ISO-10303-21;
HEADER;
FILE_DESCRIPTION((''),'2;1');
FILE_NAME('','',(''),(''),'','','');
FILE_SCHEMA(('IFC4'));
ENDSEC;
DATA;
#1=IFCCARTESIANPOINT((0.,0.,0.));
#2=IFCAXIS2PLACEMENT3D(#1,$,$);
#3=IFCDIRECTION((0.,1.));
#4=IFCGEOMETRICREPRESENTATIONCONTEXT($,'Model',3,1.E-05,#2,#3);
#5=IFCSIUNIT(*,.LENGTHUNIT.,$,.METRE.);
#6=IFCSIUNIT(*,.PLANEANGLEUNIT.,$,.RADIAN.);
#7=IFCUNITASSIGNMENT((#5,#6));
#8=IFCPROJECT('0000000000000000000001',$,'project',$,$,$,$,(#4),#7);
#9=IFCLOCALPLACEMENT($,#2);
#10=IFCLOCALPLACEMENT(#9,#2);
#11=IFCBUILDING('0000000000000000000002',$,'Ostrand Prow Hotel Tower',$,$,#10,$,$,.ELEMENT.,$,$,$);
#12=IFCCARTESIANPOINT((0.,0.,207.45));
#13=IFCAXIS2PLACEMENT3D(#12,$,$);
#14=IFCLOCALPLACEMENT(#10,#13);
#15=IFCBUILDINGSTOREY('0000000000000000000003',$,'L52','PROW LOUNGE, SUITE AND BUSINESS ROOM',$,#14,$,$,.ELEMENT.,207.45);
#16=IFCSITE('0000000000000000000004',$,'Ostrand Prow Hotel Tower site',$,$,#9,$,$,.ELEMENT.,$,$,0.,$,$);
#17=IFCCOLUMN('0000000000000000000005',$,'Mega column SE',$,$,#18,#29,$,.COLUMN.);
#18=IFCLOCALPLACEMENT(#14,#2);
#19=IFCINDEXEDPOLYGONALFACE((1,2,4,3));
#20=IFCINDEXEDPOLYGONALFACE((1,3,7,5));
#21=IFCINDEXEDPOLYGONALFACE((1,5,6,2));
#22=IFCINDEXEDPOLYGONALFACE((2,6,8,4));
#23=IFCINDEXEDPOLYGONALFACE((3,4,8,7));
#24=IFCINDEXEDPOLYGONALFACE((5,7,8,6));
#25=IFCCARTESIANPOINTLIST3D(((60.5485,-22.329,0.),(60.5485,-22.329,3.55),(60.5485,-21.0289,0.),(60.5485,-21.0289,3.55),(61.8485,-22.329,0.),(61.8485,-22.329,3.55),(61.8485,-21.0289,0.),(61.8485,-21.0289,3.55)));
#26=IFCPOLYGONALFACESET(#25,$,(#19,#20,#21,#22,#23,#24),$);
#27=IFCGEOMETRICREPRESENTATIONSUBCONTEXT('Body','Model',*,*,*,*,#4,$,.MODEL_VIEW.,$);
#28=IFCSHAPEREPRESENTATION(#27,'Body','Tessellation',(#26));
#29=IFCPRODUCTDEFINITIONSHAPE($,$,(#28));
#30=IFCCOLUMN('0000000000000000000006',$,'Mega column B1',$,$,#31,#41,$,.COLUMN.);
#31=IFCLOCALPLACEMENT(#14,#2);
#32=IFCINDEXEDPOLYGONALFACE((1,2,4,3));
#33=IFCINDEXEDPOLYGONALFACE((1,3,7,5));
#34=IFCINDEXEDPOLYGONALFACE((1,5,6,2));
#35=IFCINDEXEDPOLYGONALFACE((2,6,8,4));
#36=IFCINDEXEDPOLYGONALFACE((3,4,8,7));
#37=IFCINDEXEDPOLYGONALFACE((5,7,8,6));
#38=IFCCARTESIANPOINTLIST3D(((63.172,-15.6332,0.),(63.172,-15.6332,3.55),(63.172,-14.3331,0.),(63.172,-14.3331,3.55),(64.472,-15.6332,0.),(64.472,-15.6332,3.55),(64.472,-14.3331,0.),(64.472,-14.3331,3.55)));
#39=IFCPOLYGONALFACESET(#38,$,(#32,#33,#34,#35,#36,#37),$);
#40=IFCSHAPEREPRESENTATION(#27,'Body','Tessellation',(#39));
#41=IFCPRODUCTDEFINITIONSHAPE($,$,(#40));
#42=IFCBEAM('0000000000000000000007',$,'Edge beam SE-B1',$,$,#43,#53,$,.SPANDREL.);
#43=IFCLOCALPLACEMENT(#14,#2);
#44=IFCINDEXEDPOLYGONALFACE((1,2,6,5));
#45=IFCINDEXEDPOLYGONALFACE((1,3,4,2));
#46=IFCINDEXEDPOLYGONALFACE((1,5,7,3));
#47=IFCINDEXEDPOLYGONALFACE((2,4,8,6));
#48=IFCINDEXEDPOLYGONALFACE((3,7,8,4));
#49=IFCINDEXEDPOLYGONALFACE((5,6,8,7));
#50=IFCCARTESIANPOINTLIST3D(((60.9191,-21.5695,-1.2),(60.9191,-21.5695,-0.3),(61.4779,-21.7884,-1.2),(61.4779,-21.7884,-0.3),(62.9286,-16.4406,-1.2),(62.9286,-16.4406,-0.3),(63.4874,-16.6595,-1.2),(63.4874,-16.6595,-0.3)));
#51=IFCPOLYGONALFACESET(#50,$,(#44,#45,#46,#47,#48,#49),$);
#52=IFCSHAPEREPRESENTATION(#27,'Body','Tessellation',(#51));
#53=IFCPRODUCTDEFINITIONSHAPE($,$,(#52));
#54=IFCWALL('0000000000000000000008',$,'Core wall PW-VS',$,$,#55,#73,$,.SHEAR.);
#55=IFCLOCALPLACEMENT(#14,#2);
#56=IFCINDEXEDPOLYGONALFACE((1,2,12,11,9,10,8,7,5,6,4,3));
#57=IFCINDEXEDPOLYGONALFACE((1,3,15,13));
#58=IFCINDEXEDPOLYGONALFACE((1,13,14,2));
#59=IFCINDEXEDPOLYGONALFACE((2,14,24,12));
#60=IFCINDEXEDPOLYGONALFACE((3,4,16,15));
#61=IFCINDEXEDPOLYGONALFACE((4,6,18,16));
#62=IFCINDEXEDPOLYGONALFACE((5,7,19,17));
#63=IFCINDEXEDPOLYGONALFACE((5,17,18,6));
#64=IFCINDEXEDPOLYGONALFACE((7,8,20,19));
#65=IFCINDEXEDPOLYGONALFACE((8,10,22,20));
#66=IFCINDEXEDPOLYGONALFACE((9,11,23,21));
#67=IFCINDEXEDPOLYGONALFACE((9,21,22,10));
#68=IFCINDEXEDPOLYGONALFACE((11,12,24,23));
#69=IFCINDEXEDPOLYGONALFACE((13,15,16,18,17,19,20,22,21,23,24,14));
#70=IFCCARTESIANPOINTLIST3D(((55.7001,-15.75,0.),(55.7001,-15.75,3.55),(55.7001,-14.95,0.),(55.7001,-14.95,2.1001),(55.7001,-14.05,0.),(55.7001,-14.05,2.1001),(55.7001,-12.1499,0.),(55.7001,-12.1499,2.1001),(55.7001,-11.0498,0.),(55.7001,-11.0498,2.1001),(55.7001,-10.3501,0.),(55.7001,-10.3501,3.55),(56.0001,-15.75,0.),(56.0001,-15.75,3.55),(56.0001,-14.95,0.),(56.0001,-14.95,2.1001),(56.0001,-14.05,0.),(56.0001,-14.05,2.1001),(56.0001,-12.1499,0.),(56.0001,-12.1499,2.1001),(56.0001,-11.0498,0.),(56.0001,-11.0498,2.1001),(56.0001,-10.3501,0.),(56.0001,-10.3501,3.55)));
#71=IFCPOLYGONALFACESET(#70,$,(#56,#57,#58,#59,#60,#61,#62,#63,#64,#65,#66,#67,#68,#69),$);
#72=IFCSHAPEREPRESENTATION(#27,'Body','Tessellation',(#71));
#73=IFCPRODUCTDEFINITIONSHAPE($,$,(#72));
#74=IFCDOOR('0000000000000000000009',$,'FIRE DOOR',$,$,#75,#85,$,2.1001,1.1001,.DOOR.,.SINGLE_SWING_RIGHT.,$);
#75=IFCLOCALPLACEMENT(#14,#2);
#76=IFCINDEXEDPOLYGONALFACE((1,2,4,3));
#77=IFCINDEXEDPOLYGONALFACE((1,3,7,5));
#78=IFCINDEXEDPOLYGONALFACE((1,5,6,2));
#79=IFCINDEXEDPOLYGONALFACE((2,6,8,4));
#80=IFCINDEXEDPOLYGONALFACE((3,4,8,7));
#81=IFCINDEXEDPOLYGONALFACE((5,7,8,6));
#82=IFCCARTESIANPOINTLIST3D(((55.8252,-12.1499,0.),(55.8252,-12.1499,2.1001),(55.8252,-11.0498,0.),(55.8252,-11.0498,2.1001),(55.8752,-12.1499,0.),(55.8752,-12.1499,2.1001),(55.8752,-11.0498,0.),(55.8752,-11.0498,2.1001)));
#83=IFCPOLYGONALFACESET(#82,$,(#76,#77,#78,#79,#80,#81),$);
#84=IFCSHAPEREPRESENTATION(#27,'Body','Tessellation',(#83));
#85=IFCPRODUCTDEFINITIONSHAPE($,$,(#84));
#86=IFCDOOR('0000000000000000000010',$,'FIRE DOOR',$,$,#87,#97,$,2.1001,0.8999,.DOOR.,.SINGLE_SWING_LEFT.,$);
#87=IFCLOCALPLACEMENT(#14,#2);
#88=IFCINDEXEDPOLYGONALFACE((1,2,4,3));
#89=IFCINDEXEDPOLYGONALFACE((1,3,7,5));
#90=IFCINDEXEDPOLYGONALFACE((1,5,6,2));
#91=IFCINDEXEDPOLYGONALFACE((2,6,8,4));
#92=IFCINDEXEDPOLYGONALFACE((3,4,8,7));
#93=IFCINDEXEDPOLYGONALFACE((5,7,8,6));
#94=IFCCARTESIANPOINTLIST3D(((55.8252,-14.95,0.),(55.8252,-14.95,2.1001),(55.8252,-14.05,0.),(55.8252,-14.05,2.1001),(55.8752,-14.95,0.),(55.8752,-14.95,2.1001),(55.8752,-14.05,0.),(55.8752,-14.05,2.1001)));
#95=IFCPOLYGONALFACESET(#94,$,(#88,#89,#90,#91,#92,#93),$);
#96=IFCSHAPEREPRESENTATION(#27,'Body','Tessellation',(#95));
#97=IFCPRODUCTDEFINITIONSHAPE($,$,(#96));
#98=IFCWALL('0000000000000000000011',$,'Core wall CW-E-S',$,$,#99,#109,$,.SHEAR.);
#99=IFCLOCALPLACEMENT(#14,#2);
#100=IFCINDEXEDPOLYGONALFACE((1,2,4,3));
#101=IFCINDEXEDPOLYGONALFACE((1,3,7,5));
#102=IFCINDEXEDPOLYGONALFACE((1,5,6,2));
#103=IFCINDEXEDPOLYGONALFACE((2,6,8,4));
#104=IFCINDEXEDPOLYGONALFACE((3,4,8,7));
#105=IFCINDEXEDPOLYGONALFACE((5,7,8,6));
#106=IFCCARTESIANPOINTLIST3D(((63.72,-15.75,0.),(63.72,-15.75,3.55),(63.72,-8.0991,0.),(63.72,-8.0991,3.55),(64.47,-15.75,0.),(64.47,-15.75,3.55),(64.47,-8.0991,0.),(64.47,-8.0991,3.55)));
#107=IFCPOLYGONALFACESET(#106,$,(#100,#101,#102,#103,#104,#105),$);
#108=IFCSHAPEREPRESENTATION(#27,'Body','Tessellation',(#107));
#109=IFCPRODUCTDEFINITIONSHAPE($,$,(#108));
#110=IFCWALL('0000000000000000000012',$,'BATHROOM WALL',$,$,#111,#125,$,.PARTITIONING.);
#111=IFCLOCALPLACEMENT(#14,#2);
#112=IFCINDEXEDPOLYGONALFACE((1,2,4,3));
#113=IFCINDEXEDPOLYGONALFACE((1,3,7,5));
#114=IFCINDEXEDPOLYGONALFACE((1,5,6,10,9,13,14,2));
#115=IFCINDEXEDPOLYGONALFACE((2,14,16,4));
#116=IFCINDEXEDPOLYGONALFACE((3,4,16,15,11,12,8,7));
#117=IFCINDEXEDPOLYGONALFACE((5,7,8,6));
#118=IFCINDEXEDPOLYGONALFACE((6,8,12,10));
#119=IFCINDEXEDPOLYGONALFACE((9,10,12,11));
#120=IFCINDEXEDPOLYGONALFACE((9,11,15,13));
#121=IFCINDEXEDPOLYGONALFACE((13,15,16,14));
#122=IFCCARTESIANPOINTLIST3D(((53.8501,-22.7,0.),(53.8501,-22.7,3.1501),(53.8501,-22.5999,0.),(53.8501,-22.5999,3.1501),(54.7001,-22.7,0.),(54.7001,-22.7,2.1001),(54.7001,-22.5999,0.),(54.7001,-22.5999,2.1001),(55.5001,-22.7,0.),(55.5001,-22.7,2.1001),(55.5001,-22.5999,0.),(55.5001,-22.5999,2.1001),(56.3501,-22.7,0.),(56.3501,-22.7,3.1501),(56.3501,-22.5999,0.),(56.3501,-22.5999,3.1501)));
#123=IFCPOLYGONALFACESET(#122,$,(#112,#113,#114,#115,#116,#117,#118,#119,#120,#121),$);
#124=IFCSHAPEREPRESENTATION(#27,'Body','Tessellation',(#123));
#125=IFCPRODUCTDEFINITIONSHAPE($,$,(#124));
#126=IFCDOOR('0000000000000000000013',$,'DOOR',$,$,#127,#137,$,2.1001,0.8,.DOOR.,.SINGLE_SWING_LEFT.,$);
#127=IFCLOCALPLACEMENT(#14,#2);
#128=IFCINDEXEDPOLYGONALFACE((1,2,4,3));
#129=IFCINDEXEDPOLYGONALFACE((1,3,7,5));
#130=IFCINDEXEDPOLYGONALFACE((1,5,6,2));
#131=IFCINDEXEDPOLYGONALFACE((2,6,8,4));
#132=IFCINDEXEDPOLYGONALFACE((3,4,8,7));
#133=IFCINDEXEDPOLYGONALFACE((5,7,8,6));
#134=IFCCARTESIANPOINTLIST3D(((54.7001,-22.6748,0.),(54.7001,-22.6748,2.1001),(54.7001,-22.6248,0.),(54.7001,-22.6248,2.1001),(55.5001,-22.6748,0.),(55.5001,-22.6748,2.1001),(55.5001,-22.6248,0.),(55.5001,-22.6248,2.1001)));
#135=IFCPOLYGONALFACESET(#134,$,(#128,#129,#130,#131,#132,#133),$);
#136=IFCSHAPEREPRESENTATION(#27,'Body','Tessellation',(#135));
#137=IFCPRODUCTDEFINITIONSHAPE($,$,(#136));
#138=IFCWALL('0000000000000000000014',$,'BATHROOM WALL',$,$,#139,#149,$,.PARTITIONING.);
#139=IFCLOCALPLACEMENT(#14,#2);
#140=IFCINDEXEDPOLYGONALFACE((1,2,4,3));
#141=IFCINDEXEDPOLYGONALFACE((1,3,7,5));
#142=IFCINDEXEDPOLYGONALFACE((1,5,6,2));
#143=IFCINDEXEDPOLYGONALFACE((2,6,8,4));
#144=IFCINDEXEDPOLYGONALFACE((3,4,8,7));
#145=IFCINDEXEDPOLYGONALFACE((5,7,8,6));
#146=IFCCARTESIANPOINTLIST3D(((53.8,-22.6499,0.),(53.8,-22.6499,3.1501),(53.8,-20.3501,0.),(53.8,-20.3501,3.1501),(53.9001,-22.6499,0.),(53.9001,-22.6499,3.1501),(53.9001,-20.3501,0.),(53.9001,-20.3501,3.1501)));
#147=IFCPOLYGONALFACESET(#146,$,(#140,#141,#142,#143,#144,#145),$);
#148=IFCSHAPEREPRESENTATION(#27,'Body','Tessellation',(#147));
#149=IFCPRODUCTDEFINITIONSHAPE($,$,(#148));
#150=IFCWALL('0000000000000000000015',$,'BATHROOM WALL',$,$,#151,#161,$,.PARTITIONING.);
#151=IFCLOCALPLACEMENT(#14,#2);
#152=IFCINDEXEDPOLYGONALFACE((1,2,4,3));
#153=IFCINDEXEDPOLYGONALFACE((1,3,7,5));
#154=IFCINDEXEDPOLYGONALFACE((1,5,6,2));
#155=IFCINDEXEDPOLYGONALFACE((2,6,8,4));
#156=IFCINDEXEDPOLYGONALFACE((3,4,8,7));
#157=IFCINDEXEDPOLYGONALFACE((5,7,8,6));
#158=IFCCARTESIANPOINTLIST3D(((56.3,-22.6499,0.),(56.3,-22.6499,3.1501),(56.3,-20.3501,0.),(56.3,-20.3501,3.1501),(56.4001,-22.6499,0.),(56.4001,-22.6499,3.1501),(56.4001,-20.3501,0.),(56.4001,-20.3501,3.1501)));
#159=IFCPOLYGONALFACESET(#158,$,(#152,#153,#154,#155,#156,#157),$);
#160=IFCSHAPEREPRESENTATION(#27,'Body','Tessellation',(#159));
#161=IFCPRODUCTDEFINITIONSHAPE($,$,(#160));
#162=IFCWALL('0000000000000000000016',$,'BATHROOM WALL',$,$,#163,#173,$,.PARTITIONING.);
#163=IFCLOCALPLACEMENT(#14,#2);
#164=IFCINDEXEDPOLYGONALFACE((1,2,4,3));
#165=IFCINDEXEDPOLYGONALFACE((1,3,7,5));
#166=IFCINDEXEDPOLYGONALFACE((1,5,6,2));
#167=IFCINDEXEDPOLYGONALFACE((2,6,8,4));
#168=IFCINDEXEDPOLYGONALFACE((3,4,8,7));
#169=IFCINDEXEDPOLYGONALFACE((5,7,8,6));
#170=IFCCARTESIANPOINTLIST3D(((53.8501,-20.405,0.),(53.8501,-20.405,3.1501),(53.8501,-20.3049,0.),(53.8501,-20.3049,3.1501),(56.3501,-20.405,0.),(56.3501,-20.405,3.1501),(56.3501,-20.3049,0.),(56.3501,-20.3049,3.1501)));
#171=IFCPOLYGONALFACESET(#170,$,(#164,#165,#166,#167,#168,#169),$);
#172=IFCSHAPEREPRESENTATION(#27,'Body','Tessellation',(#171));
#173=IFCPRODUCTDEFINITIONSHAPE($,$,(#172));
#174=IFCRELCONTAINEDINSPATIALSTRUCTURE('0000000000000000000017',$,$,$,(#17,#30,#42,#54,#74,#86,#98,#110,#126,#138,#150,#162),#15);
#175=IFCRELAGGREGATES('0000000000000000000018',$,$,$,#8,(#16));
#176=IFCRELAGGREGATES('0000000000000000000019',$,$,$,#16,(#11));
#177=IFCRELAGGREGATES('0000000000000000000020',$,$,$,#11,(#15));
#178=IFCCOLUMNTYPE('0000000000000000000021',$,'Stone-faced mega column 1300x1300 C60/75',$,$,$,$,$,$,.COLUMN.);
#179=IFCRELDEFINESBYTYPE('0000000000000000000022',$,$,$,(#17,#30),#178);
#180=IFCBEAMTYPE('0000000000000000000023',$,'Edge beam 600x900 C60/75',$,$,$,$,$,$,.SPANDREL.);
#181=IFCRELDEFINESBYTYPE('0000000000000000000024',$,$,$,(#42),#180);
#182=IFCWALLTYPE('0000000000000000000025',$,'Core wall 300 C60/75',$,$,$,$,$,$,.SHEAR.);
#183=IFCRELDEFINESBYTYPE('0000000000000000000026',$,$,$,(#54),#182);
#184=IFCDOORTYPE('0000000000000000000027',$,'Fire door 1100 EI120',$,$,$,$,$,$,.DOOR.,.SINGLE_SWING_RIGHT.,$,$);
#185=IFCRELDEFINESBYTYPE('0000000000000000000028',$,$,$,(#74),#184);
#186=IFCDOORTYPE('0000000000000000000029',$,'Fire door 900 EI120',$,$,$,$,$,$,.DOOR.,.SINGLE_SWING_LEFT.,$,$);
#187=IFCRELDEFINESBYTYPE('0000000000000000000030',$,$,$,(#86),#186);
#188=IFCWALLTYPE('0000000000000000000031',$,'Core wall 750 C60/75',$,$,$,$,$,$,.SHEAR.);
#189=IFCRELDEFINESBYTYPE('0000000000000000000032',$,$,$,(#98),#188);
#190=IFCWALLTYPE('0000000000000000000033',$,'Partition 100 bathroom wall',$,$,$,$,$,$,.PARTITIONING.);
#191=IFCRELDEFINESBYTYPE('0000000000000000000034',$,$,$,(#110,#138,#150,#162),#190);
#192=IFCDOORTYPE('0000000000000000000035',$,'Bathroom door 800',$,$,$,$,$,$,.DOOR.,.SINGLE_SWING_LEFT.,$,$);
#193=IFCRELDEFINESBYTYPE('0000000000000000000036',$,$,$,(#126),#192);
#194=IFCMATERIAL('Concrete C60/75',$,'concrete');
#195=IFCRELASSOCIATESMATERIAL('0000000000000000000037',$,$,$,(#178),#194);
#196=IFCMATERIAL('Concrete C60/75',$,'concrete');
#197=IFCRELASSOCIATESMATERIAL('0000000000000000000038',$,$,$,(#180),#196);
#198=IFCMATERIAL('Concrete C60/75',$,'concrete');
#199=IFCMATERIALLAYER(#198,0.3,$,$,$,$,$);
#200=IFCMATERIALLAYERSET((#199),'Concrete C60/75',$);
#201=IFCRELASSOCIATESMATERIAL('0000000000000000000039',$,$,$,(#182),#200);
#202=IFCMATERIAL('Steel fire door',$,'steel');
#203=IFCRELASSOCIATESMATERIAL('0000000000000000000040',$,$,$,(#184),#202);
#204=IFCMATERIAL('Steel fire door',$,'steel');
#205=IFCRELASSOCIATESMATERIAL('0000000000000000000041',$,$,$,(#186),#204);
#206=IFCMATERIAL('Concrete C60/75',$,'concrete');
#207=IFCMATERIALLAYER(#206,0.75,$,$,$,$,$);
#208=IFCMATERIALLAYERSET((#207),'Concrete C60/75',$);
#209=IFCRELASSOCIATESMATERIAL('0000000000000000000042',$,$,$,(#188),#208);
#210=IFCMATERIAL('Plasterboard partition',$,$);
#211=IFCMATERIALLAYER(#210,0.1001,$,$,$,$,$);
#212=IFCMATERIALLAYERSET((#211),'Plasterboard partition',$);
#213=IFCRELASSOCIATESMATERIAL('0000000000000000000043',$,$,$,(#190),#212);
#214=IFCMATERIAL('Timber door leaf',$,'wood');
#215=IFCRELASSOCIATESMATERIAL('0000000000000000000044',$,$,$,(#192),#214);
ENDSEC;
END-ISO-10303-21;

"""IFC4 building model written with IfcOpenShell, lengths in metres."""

from ifc_helpers import new_model, si_unit, direction, frame, frame_2d, origin, origin_2d, place, context, subcontext, project, spatial, rectangle, extrude, material, layer, layer_set, material_profile, profile_set, type_object, element, fill, save


model = new_model("IFC4")

# Units and contexts
model_context = context("Model", 3, precision=1e-05, world=origin(), true_north=direction((0.0, 1.0)))
body_context = subcontext(model_context, "Body", "Model", "MODEL_VIEW")
ifc_project = project(units=[si_unit("LENGTHUNIT", "METRE"), si_unit("PLANEANGLEUNIT", "RADIAN")], contexts=[model_context])

# Site, building, storey
site_placement = place(None, origin())
site = spatial("IfcSite", under=ifc_project, at=site_placement, Name="Ostrand Prow Hotel Tower site", CompositionType="ELEMENT", RefElevation=0.0)
building_placement = place(site_placement, origin())
building = spatial("IfcBuilding", under=site, at=building_placement, Name="Ostrand Prow Hotel Tower", CompositionType="ELEMENT")
storey_placement = place(building_placement, frame((0.0, 0.0, 207.45)))
storey = spatial("IfcBuildingStorey", under=building, at=storey_placement, Name="L52", Description="PROW LOUNGE, SUITE AND BUSINESS ROOM", CompositionType="ELEMENT", Elevation=207.45)

# Columns
ifc_material_1 = material(Name="Concrete C60/75", Category="concrete")
ifc_material_profile_1 = material_profile(ifc_material_1, rectangle(XDim=1.3, YDim=1.3, at=origin_2d()), Name="RC 1300x1300")
ifc_profile_set_1 = profile_set([ifc_material_profile_1], Name="Concrete C60/75")
column_type = type_object("IfcColumnType", Name="Stone-faced mega column 1300x1300 C60/75", PredefinedType="COLUMN", material=ifc_profile_set_1)
for number, where, z_axis, x_axis, name in (
    (1, (61.1985, -21.679, 0.0), (0.0, 0.0, 1.0), (1.0, 0.0, 0.0), "Mega column SE"),
    (2, (63.822, -14.9832, 0.0), (0.0, 0.0, 1.0), (1.0, 0.0, 0.0), "Mega column B1"),
):
    element("IfcColumn", number, at=place(storey_placement, frame(where, z_axis=z_axis, x_axis=x_axis)), inside=storey, type_object=column_type, Name=name, PredefinedType="COLUMN", context=body_context, shape_type="SweptSolid", body=[
        extrude(rectangle(XDim=1.3, YDim=1.3, at=origin_2d()), origin(), (0.0, 0.0, 1.0), 3.55),
    ])

# Beam
ifc_material_2 = material(Name="Concrete C60/75", Category="concrete")
ifc_material_profile_2 = material_profile(ifc_material_2, rectangle(XDim=0.6001, YDim=0.8999, at=origin_2d()), Name="RC 600x900")
ifc_profile_set_2 = profile_set([ifc_material_profile_2], Name="Concrete C60/75")
beam_type = type_object("IfcBeamType", Name="Edge beam 600x900 C60/75", PredefinedType="SPANDREL", material=ifc_profile_set_2)
beam_placement = place(storey_placement, frame((61.1985, -21.679, -0.75), z_axis=(0.364802, 0.931085, 0.0), x_axis=(-0.931085, 0.364802, 0.0)))
element("IfcBeam", 3, at=beam_placement, inside=storey, type_object=beam_type, Name="Edge beam SE-B1", PredefinedType="SPANDREL", context=body_context, shape_type="SweptSolid", body=[
    extrude(rectangle(XDim=0.6001, YDim=0.8999, at=origin_2d()), origin(), (0.0, 0.0, 1.0), 5.5085),
])

# Wall, openings, doors
ifc_material_3 = material(Name="Concrete C60/75", Category="concrete")
ifc_layer_1 = layer(ifc_material_3, 0.3)
ifc_layer_set_1 = layer_set([ifc_layer_1], Name="Concrete C60/75")
wall_type_1 = type_object("IfcWallType", Name="Core wall 300 C60/75", PredefinedType="SHEAR", material=ifc_layer_set_1)
wall_1_placement = place(storey_placement, frame((55.8501, -15.75, 0.0), z_axis=(0.0, 0.0, 1.0), x_axis=(0.0, 1.0, 0.0)))
wall_1 = element("IfcWall", 4, at=wall_1_placement, inside=storey, type_object=wall_type_1, Name="Core wall PW-VS", PredefinedType="SHEAR", context=body_context, shape_type="SweptSolid", body=[
    extrude(rectangle(XDim=5.3999, YDim=0.3, at=frame_2d((2.7, 0.0))), origin(), (0.0, 0.0, 1.0), 3.55),
])
opening_1_placement = place(wall_1_placement, frame((3.6001, 0.0, 0.0)))
opening_1 = element("IfcOpeningElement", 5, at=opening_1_placement, cuts=wall_1, PredefinedType="OPENING", context=body_context, shape_type="SweptSolid", body=[
    extrude(rectangle(XDim=1.1001, YDim=2.1001, at=frame_2d((0.55, 1.05))), frame((0.0, 0.1599, 0.0), z_axis=(0.0, -1.0, 0.0), x_axis=(1.0, 0.0, 0.0)), (0.0, 0.0, 1.0), 0.3201),
])
opening_2_placement = place(wall_1_placement, frame((0.8, 0.0, 0.0)))
opening_2 = element("IfcOpeningElement", 6, at=opening_2_placement, cuts=wall_1, PredefinedType="OPENING", context=body_context, shape_type="SweptSolid", body=[
    extrude(rectangle(XDim=0.8999, YDim=2.1001, at=frame_2d((0.45, 1.05))), frame((0.0, 0.1599, 0.0), z_axis=(0.0, -1.0, 0.0), x_axis=(1.0, 0.0, 0.0)), (0.0, 0.0, 1.0), 0.3201),
])
ifc_material_4 = material(Name="Steel fire door", Category="steel")
door_type_1 = type_object("IfcDoorType", Name="Fire door 1100 EI120", OperationType="SINGLE_SWING_RIGHT", PredefinedType="DOOR", material=ifc_material_4)
door_1_placement = place(opening_1_placement, origin())
door_1 = element("IfcDoor", 7, at=door_1_placement, inside=storey, type_object=door_type_1, Name="FIRE DOOR", OperationType="SINGLE_SWING_RIGHT", OverallHeight=2.1001, OverallWidth=1.1001, PredefinedType="DOOR", context=body_context, shape_type="SweptSolid", body=[
    extrude(rectangle(XDim=1.1001, YDim=2.1001, at=frame_2d((0.55, 1.05))), frame((0.0, 0.0249, 0.0), z_axis=(0.0, -1.0, 0.0), x_axis=(1.0, 0.0, 0.0)), (0.0, 0.0, 1.0), 0.05),
])
fill(opening_1, door_1)
ifc_material_5 = material(Name="Steel fire door", Category="steel")
door_type_2 = type_object("IfcDoorType", Name="Fire door 900 EI120", OperationType="SINGLE_SWING_LEFT", PredefinedType="DOOR", material=ifc_material_5)
door_2_placement = place(opening_2_placement, origin())
door_2 = element("IfcDoor", 8, at=door_2_placement, inside=storey, type_object=door_type_2, Name="FIRE DOOR", OperationType="SINGLE_SWING_LEFT", OverallHeight=2.1001, OverallWidth=0.8999, PredefinedType="DOOR", context=body_context, shape_type="SweptSolid", body=[
    extrude(rectangle(XDim=0.8999, YDim=2.1001, at=frame_2d((0.45, 1.05))), frame((0.0, 0.0249, 0.0), z_axis=(0.0, -1.0, 0.0), x_axis=(1.0, 0.0, 0.0)), (0.0, 0.0, 1.0), 0.05),
])
fill(opening_2, door_2)

# Wall
ifc_material_6 = material(Name="Concrete C60/75", Category="concrete")
ifc_layer_2 = layer(ifc_material_6, 0.75)
ifc_layer_set_2 = layer_set([ifc_layer_2], Name="Concrete C60/75")
wall_type_2 = type_object("IfcWallType", Name="Core wall 750 C60/75", PredefinedType="SHEAR", material=ifc_layer_set_2)
wall_2_placement = place(storey_placement, frame((64.095, -15.75, 0.0), z_axis=(0.0, 0.0, 1.0), x_axis=(0.0, 1.0, 0.0)))
element("IfcWall", 9, at=wall_2_placement, inside=storey, type_object=wall_type_2, Name="Core wall CW-E-S", PredefinedType="SHEAR", context=body_context, shape_type="SweptSolid", body=[
    extrude(rectangle(XDim=7.6509, YDim=0.75, at=frame_2d((3.8254, 0.0))), origin(), (0.0, 0.0, 1.0), 3.55),
])

# Wall, opening, door
ifc_material_7 = material(Name="Plasterboard partition")
ifc_layer_3 = layer(ifc_material_7, 0.1001)
ifc_layer_set_3 = layer_set([ifc_layer_3], Name="Plasterboard partition")
wall_type_3 = type_object("IfcWallType", Name="Partition 100 bathroom wall", PredefinedType="PARTITIONING", material=ifc_layer_set_3)
wall_3_placement = place(storey_placement, frame((56.3501, -22.6499, 0.0), z_axis=(0.0, 0.0, 1.0), x_axis=(-1.0, 0.0, 0.0)))
wall_3 = element("IfcWall", 10, at=wall_3_placement, inside=storey, type_object=wall_type_3, Name="BATHROOM WALL", PredefinedType="PARTITIONING", context=body_context, shape_type="SweptSolid", body=[
    extrude(rectangle(XDim=2.5, YDim=0.1001, at=frame_2d((1.25, 0.0))), origin(), (0.0, 0.0, 1.0), 3.1501),
])
opening_3_placement = place(wall_3_placement, frame((0.8501, 0.0, 0.0)))
opening_3 = element("IfcOpeningElement", 11, at=opening_3_placement, cuts=wall_3, PredefinedType="OPENING", context=body_context, shape_type="SweptSolid", body=[
    extrude(rectangle(XDim=0.8, YDim=2.1001, at=frame_2d((0.3999, 1.05))), frame((0.0, 0.0601, 0.0), z_axis=(0.0, -1.0, 0.0), x_axis=(1.0, 0.0, 0.0)), (0.0, 0.0, 1.0), 0.1201),
])
ifc_material_8 = material(Name="Timber door leaf", Category="wood")
door_type_3 = type_object("IfcDoorType", Name="Bathroom door 800", OperationType="SINGLE_SWING_LEFT", PredefinedType="DOOR", material=ifc_material_8)
door_3_placement = place(opening_3_placement, origin())
door_3 = element("IfcDoor", 12, at=door_3_placement, inside=storey, type_object=door_type_3, Name="DOOR", OperationType="SINGLE_SWING_LEFT", OverallHeight=2.1001, OverallWidth=0.8, PredefinedType="DOOR", context=body_context, shape_type="SweptSolid", body=[
    extrude(rectangle(XDim=0.8, YDim=2.1001, at=frame_2d((0.3999, 1.05))), frame((0.0, 0.0249, 0.0), z_axis=(0.0, -1.0, 0.0), x_axis=(1.0, 0.0, 0.0)), (0.0, 0.0, 1.0), 0.05),
])
fill(opening_3, door_3)

# Walls
for number, where, z_axis, x_axis, name in (
    (13, (53.8501, -22.6499, 0.0), (0.0, 0.0, 1.0), (0.0, 1.0, 0.0), "BATHROOM WALL"),
    (14, (56.3501, -20.3501, 0.0), (0.0, 0.0, 1.0), (0.0, -1.0, 0.0), "BATHROOM WALL"),
):
    element("IfcWall", number, at=place(storey_placement, frame(where, z_axis=z_axis, x_axis=x_axis)), inside=storey, type_object=wall_type_3, Name=name, PredefinedType="PARTITIONING", context=body_context, shape_type="SweptSolid", body=[
        extrude(rectangle(XDim=2.2998, YDim=0.1001, at=frame_2d((1.1499, 0.0))), origin(), (0.0, 0.0, 1.0), 3.1501),
    ])
wall_4_placement = place(storey_placement, frame((53.8501, -20.355, 0.0), z_axis=(0.0, 0.0, 1.0), x_axis=(1.0, 0.0, 0.0)))
element("IfcWall", 15, at=wall_4_placement, inside=storey, type_object=wall_type_3, Name="BATHROOM WALL", PredefinedType="PARTITIONING", context=body_context, shape_type="SweptSolid", body=[
    extrude(rectangle(XDim=2.5, YDim=0.1001, at=frame_2d((1.25, 0.0))), origin(), (0.0, 0.0, 1.0), 3.1501),
])

save(model, "model.ifc")
